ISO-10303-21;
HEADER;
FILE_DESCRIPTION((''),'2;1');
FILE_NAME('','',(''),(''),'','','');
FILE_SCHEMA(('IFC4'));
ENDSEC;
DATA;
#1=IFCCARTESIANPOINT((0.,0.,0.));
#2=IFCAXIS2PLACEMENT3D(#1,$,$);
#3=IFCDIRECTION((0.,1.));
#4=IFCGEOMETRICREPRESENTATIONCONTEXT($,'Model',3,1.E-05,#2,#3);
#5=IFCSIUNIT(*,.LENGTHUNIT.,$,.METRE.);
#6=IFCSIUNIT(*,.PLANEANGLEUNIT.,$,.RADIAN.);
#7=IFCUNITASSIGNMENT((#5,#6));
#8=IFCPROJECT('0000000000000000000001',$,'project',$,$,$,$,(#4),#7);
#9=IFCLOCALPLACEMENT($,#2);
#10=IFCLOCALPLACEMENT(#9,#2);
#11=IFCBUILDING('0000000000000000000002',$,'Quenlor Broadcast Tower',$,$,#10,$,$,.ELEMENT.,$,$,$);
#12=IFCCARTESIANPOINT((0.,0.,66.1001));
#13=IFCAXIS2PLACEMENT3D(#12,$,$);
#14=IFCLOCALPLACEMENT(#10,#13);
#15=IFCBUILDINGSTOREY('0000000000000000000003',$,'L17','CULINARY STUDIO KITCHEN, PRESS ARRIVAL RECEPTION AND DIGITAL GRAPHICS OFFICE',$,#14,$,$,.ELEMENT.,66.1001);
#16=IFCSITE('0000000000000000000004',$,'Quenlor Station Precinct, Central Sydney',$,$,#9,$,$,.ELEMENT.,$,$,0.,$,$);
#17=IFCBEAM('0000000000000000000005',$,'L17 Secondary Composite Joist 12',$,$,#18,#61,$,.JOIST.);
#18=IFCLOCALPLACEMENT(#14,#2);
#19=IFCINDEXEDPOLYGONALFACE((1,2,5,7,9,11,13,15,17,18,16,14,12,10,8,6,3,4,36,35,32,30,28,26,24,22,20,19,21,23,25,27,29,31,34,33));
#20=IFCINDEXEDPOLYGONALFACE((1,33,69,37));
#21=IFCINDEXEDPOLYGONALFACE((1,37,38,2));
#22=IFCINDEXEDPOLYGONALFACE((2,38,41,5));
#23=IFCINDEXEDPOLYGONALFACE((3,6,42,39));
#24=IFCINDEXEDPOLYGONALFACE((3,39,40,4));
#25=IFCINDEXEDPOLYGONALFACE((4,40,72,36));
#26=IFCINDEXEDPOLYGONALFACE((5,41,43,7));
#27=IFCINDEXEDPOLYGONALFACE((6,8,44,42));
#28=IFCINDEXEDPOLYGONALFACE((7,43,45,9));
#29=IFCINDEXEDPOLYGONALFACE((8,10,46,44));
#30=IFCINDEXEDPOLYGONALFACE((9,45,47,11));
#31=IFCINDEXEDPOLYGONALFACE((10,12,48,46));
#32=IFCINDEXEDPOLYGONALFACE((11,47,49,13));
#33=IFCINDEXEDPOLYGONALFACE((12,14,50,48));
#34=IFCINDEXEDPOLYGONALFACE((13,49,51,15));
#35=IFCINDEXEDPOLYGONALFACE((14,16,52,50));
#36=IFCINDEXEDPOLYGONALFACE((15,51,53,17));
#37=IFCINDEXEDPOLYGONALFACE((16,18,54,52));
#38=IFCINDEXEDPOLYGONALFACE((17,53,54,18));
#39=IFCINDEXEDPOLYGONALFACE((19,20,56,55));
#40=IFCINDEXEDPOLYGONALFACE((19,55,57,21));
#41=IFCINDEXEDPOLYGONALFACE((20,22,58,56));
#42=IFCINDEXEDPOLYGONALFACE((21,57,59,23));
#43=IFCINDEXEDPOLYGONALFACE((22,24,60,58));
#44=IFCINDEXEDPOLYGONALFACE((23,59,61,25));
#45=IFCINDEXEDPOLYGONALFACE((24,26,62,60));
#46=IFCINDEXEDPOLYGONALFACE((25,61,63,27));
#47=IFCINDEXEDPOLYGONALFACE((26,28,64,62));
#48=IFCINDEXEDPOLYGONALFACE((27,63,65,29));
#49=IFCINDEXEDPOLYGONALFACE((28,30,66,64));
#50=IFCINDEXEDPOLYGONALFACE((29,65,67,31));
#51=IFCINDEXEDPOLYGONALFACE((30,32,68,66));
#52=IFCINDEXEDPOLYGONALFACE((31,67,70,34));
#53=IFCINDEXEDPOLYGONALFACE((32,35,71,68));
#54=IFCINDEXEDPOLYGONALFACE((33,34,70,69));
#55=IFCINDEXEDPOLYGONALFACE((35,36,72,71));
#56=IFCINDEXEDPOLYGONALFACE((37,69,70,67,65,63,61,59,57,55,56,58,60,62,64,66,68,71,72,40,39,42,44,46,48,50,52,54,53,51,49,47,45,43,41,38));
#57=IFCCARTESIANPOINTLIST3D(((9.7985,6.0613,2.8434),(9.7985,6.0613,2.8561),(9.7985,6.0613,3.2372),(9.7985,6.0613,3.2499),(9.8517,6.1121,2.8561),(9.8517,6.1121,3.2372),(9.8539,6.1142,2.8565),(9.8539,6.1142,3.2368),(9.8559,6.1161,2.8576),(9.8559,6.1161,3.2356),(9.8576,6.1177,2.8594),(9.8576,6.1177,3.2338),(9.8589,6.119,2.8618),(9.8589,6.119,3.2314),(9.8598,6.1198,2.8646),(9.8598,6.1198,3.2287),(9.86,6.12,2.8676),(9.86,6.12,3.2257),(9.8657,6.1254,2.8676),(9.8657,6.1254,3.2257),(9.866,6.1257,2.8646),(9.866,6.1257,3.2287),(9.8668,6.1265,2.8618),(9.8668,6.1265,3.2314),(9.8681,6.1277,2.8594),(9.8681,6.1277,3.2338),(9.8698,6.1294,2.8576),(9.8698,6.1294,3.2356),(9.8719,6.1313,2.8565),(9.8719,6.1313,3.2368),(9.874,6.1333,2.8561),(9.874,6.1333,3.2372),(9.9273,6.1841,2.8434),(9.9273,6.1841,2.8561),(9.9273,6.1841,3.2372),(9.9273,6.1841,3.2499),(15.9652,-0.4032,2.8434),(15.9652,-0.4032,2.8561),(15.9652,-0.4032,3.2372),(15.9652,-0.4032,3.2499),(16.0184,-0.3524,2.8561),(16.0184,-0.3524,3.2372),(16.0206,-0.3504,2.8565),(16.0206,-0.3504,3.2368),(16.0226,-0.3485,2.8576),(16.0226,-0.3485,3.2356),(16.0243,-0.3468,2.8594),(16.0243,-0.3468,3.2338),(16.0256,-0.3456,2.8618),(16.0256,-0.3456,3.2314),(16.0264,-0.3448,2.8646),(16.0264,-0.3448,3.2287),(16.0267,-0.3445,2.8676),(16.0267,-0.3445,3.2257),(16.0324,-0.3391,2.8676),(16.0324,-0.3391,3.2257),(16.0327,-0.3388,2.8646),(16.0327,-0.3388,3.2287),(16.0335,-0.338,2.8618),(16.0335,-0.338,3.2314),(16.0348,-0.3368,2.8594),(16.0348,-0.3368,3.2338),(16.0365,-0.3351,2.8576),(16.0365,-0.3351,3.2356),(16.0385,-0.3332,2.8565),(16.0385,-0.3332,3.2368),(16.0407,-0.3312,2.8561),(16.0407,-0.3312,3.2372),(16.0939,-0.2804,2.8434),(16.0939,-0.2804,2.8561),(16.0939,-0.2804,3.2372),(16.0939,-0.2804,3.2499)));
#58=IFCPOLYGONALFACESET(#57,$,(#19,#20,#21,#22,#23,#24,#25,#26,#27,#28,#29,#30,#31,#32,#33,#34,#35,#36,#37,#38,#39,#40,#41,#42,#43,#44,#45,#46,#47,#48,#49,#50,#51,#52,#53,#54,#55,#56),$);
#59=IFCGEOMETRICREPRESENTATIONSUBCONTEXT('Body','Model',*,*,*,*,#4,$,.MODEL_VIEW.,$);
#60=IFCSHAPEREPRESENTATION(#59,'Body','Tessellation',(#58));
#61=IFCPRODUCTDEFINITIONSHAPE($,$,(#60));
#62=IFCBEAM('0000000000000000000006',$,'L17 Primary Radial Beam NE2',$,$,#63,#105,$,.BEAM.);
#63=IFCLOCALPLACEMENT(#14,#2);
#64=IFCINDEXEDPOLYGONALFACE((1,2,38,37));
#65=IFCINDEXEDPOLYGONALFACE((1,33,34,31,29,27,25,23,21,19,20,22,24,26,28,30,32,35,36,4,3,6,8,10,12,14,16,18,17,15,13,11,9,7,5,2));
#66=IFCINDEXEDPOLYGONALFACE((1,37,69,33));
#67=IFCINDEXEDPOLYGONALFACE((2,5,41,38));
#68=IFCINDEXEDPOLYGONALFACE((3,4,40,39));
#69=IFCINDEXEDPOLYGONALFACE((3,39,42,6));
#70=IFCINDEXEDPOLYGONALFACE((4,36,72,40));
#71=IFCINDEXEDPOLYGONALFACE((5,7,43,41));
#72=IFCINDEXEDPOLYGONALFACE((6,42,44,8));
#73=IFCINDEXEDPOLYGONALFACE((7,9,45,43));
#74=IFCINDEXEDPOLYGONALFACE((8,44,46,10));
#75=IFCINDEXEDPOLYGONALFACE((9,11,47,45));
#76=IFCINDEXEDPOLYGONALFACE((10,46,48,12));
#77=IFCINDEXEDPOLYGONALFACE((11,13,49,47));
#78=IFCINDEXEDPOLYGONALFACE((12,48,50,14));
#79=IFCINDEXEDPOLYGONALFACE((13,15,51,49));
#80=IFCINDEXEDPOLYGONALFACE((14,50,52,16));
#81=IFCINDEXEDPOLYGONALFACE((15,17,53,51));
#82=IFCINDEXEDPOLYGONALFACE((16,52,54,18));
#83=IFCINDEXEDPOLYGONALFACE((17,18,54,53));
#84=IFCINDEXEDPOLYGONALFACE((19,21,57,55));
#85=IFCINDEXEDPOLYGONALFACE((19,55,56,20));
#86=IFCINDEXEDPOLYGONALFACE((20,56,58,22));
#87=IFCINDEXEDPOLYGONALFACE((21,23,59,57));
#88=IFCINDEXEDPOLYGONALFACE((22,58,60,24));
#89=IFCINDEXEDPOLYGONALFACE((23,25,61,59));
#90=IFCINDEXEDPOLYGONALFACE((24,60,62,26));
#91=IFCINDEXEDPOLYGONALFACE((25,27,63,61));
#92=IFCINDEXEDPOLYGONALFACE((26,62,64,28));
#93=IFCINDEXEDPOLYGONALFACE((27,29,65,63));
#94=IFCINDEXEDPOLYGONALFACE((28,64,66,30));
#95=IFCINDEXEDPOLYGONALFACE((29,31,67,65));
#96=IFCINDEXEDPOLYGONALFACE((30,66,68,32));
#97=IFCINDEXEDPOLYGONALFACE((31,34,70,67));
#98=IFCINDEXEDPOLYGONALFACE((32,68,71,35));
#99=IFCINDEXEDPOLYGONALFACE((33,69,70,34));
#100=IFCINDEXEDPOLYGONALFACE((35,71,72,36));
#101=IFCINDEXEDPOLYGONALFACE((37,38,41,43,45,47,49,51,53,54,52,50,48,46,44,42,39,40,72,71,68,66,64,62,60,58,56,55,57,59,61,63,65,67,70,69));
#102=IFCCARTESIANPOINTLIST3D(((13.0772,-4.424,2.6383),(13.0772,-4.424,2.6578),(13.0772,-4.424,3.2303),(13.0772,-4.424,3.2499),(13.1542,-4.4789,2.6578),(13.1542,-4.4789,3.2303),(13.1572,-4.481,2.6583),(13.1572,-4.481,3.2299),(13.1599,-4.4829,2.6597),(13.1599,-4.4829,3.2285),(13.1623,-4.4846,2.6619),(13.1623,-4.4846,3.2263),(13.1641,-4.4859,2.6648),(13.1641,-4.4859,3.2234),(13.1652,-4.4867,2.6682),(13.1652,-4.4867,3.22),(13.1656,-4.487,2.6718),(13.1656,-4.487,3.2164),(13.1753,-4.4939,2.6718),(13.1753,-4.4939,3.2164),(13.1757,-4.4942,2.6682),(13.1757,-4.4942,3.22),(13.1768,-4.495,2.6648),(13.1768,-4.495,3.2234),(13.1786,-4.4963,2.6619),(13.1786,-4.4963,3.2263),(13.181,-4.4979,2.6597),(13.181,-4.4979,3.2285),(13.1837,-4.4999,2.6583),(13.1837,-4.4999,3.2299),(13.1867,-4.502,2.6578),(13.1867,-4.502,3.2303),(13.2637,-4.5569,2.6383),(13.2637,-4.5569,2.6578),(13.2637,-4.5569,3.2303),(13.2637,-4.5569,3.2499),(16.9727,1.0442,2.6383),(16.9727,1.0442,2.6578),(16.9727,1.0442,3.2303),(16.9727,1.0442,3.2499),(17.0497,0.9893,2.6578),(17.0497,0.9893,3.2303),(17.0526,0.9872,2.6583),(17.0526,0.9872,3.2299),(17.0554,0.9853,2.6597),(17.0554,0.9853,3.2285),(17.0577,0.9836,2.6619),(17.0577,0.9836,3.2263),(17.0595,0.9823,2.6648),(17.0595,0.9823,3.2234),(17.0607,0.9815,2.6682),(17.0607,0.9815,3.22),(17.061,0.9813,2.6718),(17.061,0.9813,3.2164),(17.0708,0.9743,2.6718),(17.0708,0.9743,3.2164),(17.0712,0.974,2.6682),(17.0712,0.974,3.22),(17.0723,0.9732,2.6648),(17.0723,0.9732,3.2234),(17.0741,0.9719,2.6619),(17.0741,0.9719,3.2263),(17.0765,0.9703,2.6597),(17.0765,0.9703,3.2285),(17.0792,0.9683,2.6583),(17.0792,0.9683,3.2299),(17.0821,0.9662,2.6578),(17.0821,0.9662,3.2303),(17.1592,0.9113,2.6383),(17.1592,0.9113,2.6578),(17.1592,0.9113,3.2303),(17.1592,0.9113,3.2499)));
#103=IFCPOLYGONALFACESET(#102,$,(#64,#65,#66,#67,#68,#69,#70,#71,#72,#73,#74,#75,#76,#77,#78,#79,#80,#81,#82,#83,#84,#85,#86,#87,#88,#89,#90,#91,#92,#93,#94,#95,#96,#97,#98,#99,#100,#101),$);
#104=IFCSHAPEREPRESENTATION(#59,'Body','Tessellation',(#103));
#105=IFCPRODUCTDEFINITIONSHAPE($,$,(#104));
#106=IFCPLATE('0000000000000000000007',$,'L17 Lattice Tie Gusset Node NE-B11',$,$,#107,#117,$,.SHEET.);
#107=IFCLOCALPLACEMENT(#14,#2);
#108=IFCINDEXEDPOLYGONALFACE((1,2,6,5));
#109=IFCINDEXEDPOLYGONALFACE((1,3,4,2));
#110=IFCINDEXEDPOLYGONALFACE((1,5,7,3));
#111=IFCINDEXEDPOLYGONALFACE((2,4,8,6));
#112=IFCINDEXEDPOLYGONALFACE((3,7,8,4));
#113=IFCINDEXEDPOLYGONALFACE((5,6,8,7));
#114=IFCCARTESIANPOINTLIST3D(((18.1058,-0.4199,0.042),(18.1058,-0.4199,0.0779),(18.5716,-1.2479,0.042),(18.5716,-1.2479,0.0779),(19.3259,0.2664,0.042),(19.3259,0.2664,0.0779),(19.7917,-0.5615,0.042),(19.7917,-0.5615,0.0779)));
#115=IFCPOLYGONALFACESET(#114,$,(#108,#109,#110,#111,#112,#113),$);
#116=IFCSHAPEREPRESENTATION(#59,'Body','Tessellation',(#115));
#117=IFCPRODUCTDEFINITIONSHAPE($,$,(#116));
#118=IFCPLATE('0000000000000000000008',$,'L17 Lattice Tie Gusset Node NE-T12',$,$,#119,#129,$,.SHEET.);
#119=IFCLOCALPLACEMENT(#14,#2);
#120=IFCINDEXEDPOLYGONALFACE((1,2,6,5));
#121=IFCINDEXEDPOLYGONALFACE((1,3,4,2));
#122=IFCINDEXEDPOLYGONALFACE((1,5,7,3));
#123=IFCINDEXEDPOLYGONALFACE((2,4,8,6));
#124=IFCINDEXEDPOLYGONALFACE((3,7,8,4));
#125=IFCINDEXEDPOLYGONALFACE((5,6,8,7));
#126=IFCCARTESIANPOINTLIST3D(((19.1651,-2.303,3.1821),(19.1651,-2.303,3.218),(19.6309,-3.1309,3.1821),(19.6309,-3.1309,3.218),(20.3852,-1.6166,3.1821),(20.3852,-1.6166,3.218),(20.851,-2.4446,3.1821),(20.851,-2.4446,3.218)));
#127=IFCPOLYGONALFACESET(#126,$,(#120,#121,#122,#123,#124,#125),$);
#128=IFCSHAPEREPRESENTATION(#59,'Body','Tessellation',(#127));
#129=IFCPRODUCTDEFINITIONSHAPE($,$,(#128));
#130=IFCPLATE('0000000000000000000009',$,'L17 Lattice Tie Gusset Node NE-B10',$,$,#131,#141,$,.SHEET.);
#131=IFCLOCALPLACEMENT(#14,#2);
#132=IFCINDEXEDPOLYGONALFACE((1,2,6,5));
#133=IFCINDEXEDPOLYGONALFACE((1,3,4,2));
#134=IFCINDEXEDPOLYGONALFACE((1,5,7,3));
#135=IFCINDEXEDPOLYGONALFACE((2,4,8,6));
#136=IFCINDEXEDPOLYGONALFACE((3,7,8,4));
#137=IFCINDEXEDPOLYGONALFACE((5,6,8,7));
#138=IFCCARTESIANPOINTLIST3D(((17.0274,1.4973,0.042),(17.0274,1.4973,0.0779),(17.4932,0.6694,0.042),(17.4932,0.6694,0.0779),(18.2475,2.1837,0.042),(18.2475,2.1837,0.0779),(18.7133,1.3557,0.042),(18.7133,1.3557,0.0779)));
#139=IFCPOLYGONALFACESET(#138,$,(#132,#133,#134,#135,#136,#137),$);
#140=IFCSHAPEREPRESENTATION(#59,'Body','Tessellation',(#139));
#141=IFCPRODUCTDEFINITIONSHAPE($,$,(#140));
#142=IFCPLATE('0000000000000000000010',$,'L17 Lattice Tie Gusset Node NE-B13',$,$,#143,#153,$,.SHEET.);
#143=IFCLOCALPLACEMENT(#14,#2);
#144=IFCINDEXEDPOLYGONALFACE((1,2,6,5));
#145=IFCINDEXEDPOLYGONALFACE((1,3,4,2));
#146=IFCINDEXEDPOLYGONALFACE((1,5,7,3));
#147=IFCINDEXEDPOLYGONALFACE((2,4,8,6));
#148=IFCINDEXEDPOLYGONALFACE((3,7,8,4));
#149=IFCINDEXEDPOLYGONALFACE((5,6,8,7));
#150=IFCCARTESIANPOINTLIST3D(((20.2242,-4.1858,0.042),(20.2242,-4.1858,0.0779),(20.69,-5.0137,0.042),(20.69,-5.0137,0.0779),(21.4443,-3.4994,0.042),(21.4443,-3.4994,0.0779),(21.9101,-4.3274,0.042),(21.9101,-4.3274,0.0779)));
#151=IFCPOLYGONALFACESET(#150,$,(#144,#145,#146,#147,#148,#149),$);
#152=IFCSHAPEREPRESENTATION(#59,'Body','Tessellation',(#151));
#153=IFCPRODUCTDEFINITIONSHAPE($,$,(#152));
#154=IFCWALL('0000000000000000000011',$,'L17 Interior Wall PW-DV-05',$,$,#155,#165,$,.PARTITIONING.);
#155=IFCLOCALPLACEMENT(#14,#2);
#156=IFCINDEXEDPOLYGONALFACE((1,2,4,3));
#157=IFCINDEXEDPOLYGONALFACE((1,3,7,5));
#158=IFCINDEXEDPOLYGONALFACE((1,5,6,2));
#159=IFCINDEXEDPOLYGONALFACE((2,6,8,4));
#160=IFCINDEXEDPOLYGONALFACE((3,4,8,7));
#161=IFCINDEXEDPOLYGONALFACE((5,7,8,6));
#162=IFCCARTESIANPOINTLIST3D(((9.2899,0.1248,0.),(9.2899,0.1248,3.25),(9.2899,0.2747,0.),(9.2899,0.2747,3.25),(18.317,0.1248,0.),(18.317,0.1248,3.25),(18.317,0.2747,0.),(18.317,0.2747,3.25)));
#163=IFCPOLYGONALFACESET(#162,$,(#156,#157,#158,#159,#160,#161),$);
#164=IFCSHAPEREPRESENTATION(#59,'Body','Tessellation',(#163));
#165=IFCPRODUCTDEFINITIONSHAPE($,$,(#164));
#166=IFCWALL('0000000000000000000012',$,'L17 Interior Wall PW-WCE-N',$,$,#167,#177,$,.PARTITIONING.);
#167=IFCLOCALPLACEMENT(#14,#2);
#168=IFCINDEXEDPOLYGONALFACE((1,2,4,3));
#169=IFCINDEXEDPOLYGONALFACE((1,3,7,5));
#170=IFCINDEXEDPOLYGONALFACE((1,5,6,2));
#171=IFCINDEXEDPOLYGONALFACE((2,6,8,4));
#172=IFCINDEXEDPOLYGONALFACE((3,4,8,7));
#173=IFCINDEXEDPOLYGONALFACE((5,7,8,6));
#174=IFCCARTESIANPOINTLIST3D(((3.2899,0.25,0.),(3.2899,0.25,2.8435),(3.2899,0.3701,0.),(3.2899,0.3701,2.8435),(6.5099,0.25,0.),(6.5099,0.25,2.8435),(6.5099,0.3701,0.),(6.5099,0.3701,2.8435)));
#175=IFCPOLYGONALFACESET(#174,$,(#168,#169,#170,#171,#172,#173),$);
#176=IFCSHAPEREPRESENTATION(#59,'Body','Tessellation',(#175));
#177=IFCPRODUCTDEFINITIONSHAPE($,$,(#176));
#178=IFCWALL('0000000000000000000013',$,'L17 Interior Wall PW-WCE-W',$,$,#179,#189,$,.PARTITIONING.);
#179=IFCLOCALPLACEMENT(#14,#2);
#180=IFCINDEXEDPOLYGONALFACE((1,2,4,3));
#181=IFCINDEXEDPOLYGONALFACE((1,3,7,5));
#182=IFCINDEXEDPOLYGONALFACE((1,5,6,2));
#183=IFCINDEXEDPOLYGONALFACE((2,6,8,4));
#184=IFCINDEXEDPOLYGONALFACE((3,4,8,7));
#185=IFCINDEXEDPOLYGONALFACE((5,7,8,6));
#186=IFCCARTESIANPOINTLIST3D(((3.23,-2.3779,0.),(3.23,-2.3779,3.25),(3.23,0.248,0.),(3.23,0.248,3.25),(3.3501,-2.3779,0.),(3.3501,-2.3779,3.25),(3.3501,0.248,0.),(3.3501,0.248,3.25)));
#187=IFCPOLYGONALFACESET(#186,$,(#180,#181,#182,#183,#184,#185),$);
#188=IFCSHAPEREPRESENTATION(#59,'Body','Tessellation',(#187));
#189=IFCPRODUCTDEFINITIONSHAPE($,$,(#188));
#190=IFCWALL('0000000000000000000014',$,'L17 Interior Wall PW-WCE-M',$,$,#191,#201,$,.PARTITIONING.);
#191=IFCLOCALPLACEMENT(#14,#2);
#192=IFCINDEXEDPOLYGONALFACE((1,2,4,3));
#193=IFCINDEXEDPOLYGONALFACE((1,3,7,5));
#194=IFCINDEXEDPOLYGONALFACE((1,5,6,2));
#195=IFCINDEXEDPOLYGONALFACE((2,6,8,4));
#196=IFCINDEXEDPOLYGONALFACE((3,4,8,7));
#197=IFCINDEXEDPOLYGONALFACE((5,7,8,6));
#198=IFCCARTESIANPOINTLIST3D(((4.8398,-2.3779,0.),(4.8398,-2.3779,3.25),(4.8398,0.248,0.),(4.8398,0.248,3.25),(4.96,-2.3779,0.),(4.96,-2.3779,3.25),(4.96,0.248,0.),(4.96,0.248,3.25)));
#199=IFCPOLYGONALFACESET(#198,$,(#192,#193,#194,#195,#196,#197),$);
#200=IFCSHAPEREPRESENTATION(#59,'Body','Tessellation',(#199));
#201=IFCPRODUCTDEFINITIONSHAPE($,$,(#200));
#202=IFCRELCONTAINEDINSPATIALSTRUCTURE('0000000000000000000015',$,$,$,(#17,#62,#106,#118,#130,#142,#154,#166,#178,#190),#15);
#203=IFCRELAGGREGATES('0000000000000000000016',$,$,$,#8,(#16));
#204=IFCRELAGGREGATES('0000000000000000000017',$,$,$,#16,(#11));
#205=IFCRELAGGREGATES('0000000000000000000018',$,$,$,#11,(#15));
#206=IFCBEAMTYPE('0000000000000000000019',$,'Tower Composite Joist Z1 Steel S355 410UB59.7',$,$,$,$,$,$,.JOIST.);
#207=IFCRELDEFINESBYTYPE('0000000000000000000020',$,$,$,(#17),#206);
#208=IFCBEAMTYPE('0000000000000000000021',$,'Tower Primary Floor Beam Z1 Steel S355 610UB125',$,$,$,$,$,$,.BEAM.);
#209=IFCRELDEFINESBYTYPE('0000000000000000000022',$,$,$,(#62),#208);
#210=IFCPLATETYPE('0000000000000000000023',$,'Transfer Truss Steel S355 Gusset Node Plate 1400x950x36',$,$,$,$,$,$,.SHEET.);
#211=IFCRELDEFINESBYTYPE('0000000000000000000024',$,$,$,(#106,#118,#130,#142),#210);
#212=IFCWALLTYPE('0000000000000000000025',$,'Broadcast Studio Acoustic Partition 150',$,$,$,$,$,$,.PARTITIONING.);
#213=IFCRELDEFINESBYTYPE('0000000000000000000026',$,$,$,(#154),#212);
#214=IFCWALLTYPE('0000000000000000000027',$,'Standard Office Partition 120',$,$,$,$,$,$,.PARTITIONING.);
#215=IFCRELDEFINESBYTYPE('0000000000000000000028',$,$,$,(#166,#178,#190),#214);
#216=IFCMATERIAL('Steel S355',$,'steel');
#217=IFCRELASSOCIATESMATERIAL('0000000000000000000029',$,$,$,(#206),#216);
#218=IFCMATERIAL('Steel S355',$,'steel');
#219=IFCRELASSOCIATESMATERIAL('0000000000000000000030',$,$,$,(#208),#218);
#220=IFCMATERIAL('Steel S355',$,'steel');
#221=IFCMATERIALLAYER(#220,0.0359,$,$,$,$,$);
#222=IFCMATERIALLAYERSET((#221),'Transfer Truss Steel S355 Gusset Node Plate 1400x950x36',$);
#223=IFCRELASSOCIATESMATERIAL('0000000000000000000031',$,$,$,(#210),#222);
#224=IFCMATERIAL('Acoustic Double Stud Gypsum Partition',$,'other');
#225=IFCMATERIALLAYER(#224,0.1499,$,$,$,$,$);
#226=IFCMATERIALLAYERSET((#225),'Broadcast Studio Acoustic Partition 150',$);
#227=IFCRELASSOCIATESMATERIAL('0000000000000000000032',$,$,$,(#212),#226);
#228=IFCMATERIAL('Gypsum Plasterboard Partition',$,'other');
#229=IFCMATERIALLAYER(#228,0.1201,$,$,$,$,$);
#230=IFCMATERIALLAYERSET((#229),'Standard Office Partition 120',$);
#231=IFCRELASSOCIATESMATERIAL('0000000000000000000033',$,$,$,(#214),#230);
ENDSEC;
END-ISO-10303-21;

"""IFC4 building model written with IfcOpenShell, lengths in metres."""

from ifc_helpers import new_model, si_unit, direction, frame, frame_2d, origin, origin_2d, place, context, subcontext, project, spatial, rectangle, i_section, extrude, material, layer, layer_set, material_profile, profile_set, type_object, element, save


model = new_model("IFC4")

# Units and contexts
model_context = context("Model", 3, precision=1e-05, world=origin(), true_north=direction((0.0, 1.0)))
body_context = subcontext(model_context, "Body", "Model", "MODEL_VIEW")
ifc_project = project(units=[si_unit("LENGTHUNIT", "METRE"), si_unit("PLANEANGLEUNIT", "RADIAN")], contexts=[model_context])

# Site, building, storey
site_placement = place(None, origin())
site = spatial("IfcSite", under=ifc_project, at=site_placement, Name="Quenlor Station Precinct, Central Sydney", CompositionType="ELEMENT", RefElevation=0.0)
building_placement = place(site_placement, origin())
building = spatial("IfcBuilding", under=site, at=building_placement, Name="Quenlor Broadcast Tower", CompositionType="ELEMENT")
storey_placement = place(building_placement, frame((0.0, 0.0, 66.1001)))
storey = spatial("IfcBuildingStorey", under=building, at=storey_placement, Name="L17", Description="CULINARY STUDIO KITCHEN, PRESS ARRIVAL RECEPTION AND DIGITAL GRAPHICS OFFICE", CompositionType="ELEMENT", Elevation=66.1001)

# Beams
ifc_material_1 = material(Name="Steel S355", Category="steel")
ifc_material_profile_1 = material_profile(ifc_material_1, i_section(OverallWidth=0.178, OverallDepth=0.4065, WebThickness=0.0078, FlangeThickness=0.0127, FilletRadius=0.0115, at=origin_2d()))
ifc_profile_set_1 = profile_set([ifc_material_profile_1], Name="Steel S355 410UB59.7")
beam_type_1 = type_object("IfcBeamType", Name="Tower Composite Joist Z1 Steel S355 410UB59.7", PredefinedType="JOIST", material=ifc_profile_set_1)
beam_1_placement = place(storey_placement, frame((16.0295, -0.3418, 3.0466), z_axis=(-0.690241, 0.723579, 0.0), x_axis=(-0.723579, -0.690241, 0.0)))
element("IfcBeam", 1, at=beam_1_placement, inside=storey, type_object=beam_type_1, Name="L17 Secondary Composite Joist 12", PredefinedType="JOIST", context=body_context, shape_type="SweptSolid", body=[
    extrude(i_section(OverallWidth=0.178, OverallDepth=0.4065, WebThickness=0.0078, FlangeThickness=0.0127, FilletRadius=0.0115, at=origin_2d()), origin(), (0.0, 0.0, 1.0), 8.9341),
])
ifc_material_2 = material(Name="Steel S355", Category="steel")
ifc_material_profile_2 = material_profile(ifc_material_2, i_section(OverallWidth=0.229, OverallDepth=0.6116, WebThickness=0.012, FlangeThickness=0.0195, FilletRadius=0.0139, at=origin_2d()))
ifc_profile_set_2 = profile_set([ifc_material_profile_2], Name="Steel S355 610UB125")
beam_type_2 = type_object("IfcBeamType", Name="Tower Primary Floor Beam Z1 Steel S355 610UB125", PredefinedType="BEAM", material=ifc_profile_set_2)
beam_2_placement = place(storey_placement, frame((17.0659, 0.9778, 2.9441), z_axis=(-0.580213, -0.814465, 0.0), x_axis=(0.814465, -0.580213, 0.0)))
element("IfcBeam", 2, at=beam_2_placement, inside=storey, type_object=beam_type_2, Name="L17 Primary Radial Beam NE2", PredefinedType="BEAM", context=body_context, shape_type="SweptSolid", body=[
    extrude(i_section(OverallWidth=0.229, OverallDepth=0.6116, WebThickness=0.012, FlangeThickness=0.0195, FilletRadius=0.0139, at=origin_2d()), origin(), (0.0, 0.0, 1.0), 6.7139),
])

# Plates
ifc_material_3 = material(Name="Steel S355", Category="steel")
ifc_layer_1 = layer(ifc_material_3, 0.0359)
ifc_layer_set_1 = layer_set([ifc_layer_1], Name="Transfer Truss Steel S355 Gusset Node Plate 1400x950x36")
plate_type = type_object("IfcPlateType", Name="Transfer Truss Steel S355 Gusset Node Plate 1400x950x36", PredefinedType="SHEET", material=ifc_layer_set_1)
for number, where, z_axis, x_axis, name in (
    (3, (18.9487, -0.4907, 0.042), (0.0, 0.0, 1.0), (0.871556, 0.490295, 0.0), "L17 Lattice Tie Gusset Node NE-B11"),
    (4, (20.0081, -2.3738, 3.1821), (0.0, 0.0, 1.0), (0.871556, 0.490295, 0.0), "L17 Lattice Tie Gusset Node NE-T12"),
    (5, (17.8704, 1.4265, 0.042), (0.0, 0.0, 1.0), (0.871556, 0.490295, 0.0), "L17 Lattice Tie Gusset Node NE-B10"),
    (6, (21.0671, -4.2566, 0.042), (0.0, 0.0, 1.0), (0.871556, 0.490295, 0.0), "L17 Lattice Tie Gusset Node NE-B13"),
):
    element("IfcPlate", number, at=place(storey_placement, frame(where, z_axis=z_axis, x_axis=x_axis)), inside=storey, type_object=plate_type, Name=name, PredefinedType="SHEET", context=body_context, shape_type="SweptSolid", body=[
        extrude(rectangle(XDim=1.3999, YDim=0.95, at=origin_2d()), origin(), (0.0, 0.0, 1.0), 0.0359),
    ])

# Wall
ifc_material_4 = material(Name="Acoustic Double Stud Gypsum Partition", Category="other")
ifc_layer_2 = layer(ifc_material_4, 0.1499)
ifc_layer_set_2 = layer_set([ifc_layer_2], Name="Broadcast Studio Acoustic Partition 150")
wall_type_1 = type_object("IfcWallType", Name="Broadcast Studio Acoustic Partition 150", PredefinedType="PARTITIONING", material=ifc_layer_set_2)
wall_1_placement = place(storey_placement, frame((18.3171, 0.1997, 0.0), z_axis=(0.0, 0.0, 1.0), x_axis=(-1.0, 0.0, 0.0)))
element("IfcWall", 7, at=wall_1_placement, inside=storey, type_object=wall_type_1, Name="L17 Interior Wall PW-DV-05", PredefinedType="PARTITIONING", context=body_context, shape_type="SweptSolid", body=[
    extrude(rectangle(XDim=9.0271, YDim=0.1499, at=frame_2d((4.5137, 0.0))), origin(), (0.0, 0.0, 1.0), 3.25),
])

# Shared definitions
ifc_material_5 = material(Name="Gypsum Plasterboard Partition", Category="other")
ifc_layer_3 = layer(ifc_material_5, 0.1201)
ifc_layer_set_3 = layer_set([ifc_layer_3], Name="Standard Office Partition 120")
wall_type_2 = type_object("IfcWallType", Name="Standard Office Partition 120", PredefinedType="PARTITIONING", material=ifc_layer_set_3)

# Walls
wall_2_placement = place(storey_placement, frame((3.29, 0.3101, 0.0), z_axis=(0.0, 0.0, 1.0), x_axis=(1.0, 0.0, 0.0)))
element("IfcWall", 8, at=wall_2_placement, inside=storey, type_object=wall_type_2, Name="L17 Interior Wall PW-WCE-N", PredefinedType="PARTITIONING", context=body_context, shape_type="SweptSolid", body=[
    extrude(rectangle(XDim=3.22, YDim=0.1201, at=frame_2d((1.6099, 0.0))), origin(), (0.0, 0.0, 1.0), 2.8435),
])
for number, where, z_axis, x_axis, name in (
    (9, (3.29, -2.3779, 0.0), (0.0, 0.0, 1.0), (0.0, 1.0, 0.0), "L17 Interior Wall PW-WCE-W"),
    (10, (4.8999, -2.3779, 0.0), (0.0, 0.0, 1.0), (0.0, 1.0, 0.0), "L17 Interior Wall PW-WCE-M"),
):
    element("IfcWall", number, at=place(storey_placement, frame(where, z_axis=z_axis, x_axis=x_axis)), inside=storey, type_object=wall_type_2, Name=name, PredefinedType="PARTITIONING", context=body_context, shape_type="SweptSolid", body=[
        extrude(rectangle(XDim=2.626, YDim=0.1201, at=frame_2d((1.313, 0.0))), origin(), (0.0, 0.0, 1.0), 3.25),
    ])

save(model, "model.ifc")
